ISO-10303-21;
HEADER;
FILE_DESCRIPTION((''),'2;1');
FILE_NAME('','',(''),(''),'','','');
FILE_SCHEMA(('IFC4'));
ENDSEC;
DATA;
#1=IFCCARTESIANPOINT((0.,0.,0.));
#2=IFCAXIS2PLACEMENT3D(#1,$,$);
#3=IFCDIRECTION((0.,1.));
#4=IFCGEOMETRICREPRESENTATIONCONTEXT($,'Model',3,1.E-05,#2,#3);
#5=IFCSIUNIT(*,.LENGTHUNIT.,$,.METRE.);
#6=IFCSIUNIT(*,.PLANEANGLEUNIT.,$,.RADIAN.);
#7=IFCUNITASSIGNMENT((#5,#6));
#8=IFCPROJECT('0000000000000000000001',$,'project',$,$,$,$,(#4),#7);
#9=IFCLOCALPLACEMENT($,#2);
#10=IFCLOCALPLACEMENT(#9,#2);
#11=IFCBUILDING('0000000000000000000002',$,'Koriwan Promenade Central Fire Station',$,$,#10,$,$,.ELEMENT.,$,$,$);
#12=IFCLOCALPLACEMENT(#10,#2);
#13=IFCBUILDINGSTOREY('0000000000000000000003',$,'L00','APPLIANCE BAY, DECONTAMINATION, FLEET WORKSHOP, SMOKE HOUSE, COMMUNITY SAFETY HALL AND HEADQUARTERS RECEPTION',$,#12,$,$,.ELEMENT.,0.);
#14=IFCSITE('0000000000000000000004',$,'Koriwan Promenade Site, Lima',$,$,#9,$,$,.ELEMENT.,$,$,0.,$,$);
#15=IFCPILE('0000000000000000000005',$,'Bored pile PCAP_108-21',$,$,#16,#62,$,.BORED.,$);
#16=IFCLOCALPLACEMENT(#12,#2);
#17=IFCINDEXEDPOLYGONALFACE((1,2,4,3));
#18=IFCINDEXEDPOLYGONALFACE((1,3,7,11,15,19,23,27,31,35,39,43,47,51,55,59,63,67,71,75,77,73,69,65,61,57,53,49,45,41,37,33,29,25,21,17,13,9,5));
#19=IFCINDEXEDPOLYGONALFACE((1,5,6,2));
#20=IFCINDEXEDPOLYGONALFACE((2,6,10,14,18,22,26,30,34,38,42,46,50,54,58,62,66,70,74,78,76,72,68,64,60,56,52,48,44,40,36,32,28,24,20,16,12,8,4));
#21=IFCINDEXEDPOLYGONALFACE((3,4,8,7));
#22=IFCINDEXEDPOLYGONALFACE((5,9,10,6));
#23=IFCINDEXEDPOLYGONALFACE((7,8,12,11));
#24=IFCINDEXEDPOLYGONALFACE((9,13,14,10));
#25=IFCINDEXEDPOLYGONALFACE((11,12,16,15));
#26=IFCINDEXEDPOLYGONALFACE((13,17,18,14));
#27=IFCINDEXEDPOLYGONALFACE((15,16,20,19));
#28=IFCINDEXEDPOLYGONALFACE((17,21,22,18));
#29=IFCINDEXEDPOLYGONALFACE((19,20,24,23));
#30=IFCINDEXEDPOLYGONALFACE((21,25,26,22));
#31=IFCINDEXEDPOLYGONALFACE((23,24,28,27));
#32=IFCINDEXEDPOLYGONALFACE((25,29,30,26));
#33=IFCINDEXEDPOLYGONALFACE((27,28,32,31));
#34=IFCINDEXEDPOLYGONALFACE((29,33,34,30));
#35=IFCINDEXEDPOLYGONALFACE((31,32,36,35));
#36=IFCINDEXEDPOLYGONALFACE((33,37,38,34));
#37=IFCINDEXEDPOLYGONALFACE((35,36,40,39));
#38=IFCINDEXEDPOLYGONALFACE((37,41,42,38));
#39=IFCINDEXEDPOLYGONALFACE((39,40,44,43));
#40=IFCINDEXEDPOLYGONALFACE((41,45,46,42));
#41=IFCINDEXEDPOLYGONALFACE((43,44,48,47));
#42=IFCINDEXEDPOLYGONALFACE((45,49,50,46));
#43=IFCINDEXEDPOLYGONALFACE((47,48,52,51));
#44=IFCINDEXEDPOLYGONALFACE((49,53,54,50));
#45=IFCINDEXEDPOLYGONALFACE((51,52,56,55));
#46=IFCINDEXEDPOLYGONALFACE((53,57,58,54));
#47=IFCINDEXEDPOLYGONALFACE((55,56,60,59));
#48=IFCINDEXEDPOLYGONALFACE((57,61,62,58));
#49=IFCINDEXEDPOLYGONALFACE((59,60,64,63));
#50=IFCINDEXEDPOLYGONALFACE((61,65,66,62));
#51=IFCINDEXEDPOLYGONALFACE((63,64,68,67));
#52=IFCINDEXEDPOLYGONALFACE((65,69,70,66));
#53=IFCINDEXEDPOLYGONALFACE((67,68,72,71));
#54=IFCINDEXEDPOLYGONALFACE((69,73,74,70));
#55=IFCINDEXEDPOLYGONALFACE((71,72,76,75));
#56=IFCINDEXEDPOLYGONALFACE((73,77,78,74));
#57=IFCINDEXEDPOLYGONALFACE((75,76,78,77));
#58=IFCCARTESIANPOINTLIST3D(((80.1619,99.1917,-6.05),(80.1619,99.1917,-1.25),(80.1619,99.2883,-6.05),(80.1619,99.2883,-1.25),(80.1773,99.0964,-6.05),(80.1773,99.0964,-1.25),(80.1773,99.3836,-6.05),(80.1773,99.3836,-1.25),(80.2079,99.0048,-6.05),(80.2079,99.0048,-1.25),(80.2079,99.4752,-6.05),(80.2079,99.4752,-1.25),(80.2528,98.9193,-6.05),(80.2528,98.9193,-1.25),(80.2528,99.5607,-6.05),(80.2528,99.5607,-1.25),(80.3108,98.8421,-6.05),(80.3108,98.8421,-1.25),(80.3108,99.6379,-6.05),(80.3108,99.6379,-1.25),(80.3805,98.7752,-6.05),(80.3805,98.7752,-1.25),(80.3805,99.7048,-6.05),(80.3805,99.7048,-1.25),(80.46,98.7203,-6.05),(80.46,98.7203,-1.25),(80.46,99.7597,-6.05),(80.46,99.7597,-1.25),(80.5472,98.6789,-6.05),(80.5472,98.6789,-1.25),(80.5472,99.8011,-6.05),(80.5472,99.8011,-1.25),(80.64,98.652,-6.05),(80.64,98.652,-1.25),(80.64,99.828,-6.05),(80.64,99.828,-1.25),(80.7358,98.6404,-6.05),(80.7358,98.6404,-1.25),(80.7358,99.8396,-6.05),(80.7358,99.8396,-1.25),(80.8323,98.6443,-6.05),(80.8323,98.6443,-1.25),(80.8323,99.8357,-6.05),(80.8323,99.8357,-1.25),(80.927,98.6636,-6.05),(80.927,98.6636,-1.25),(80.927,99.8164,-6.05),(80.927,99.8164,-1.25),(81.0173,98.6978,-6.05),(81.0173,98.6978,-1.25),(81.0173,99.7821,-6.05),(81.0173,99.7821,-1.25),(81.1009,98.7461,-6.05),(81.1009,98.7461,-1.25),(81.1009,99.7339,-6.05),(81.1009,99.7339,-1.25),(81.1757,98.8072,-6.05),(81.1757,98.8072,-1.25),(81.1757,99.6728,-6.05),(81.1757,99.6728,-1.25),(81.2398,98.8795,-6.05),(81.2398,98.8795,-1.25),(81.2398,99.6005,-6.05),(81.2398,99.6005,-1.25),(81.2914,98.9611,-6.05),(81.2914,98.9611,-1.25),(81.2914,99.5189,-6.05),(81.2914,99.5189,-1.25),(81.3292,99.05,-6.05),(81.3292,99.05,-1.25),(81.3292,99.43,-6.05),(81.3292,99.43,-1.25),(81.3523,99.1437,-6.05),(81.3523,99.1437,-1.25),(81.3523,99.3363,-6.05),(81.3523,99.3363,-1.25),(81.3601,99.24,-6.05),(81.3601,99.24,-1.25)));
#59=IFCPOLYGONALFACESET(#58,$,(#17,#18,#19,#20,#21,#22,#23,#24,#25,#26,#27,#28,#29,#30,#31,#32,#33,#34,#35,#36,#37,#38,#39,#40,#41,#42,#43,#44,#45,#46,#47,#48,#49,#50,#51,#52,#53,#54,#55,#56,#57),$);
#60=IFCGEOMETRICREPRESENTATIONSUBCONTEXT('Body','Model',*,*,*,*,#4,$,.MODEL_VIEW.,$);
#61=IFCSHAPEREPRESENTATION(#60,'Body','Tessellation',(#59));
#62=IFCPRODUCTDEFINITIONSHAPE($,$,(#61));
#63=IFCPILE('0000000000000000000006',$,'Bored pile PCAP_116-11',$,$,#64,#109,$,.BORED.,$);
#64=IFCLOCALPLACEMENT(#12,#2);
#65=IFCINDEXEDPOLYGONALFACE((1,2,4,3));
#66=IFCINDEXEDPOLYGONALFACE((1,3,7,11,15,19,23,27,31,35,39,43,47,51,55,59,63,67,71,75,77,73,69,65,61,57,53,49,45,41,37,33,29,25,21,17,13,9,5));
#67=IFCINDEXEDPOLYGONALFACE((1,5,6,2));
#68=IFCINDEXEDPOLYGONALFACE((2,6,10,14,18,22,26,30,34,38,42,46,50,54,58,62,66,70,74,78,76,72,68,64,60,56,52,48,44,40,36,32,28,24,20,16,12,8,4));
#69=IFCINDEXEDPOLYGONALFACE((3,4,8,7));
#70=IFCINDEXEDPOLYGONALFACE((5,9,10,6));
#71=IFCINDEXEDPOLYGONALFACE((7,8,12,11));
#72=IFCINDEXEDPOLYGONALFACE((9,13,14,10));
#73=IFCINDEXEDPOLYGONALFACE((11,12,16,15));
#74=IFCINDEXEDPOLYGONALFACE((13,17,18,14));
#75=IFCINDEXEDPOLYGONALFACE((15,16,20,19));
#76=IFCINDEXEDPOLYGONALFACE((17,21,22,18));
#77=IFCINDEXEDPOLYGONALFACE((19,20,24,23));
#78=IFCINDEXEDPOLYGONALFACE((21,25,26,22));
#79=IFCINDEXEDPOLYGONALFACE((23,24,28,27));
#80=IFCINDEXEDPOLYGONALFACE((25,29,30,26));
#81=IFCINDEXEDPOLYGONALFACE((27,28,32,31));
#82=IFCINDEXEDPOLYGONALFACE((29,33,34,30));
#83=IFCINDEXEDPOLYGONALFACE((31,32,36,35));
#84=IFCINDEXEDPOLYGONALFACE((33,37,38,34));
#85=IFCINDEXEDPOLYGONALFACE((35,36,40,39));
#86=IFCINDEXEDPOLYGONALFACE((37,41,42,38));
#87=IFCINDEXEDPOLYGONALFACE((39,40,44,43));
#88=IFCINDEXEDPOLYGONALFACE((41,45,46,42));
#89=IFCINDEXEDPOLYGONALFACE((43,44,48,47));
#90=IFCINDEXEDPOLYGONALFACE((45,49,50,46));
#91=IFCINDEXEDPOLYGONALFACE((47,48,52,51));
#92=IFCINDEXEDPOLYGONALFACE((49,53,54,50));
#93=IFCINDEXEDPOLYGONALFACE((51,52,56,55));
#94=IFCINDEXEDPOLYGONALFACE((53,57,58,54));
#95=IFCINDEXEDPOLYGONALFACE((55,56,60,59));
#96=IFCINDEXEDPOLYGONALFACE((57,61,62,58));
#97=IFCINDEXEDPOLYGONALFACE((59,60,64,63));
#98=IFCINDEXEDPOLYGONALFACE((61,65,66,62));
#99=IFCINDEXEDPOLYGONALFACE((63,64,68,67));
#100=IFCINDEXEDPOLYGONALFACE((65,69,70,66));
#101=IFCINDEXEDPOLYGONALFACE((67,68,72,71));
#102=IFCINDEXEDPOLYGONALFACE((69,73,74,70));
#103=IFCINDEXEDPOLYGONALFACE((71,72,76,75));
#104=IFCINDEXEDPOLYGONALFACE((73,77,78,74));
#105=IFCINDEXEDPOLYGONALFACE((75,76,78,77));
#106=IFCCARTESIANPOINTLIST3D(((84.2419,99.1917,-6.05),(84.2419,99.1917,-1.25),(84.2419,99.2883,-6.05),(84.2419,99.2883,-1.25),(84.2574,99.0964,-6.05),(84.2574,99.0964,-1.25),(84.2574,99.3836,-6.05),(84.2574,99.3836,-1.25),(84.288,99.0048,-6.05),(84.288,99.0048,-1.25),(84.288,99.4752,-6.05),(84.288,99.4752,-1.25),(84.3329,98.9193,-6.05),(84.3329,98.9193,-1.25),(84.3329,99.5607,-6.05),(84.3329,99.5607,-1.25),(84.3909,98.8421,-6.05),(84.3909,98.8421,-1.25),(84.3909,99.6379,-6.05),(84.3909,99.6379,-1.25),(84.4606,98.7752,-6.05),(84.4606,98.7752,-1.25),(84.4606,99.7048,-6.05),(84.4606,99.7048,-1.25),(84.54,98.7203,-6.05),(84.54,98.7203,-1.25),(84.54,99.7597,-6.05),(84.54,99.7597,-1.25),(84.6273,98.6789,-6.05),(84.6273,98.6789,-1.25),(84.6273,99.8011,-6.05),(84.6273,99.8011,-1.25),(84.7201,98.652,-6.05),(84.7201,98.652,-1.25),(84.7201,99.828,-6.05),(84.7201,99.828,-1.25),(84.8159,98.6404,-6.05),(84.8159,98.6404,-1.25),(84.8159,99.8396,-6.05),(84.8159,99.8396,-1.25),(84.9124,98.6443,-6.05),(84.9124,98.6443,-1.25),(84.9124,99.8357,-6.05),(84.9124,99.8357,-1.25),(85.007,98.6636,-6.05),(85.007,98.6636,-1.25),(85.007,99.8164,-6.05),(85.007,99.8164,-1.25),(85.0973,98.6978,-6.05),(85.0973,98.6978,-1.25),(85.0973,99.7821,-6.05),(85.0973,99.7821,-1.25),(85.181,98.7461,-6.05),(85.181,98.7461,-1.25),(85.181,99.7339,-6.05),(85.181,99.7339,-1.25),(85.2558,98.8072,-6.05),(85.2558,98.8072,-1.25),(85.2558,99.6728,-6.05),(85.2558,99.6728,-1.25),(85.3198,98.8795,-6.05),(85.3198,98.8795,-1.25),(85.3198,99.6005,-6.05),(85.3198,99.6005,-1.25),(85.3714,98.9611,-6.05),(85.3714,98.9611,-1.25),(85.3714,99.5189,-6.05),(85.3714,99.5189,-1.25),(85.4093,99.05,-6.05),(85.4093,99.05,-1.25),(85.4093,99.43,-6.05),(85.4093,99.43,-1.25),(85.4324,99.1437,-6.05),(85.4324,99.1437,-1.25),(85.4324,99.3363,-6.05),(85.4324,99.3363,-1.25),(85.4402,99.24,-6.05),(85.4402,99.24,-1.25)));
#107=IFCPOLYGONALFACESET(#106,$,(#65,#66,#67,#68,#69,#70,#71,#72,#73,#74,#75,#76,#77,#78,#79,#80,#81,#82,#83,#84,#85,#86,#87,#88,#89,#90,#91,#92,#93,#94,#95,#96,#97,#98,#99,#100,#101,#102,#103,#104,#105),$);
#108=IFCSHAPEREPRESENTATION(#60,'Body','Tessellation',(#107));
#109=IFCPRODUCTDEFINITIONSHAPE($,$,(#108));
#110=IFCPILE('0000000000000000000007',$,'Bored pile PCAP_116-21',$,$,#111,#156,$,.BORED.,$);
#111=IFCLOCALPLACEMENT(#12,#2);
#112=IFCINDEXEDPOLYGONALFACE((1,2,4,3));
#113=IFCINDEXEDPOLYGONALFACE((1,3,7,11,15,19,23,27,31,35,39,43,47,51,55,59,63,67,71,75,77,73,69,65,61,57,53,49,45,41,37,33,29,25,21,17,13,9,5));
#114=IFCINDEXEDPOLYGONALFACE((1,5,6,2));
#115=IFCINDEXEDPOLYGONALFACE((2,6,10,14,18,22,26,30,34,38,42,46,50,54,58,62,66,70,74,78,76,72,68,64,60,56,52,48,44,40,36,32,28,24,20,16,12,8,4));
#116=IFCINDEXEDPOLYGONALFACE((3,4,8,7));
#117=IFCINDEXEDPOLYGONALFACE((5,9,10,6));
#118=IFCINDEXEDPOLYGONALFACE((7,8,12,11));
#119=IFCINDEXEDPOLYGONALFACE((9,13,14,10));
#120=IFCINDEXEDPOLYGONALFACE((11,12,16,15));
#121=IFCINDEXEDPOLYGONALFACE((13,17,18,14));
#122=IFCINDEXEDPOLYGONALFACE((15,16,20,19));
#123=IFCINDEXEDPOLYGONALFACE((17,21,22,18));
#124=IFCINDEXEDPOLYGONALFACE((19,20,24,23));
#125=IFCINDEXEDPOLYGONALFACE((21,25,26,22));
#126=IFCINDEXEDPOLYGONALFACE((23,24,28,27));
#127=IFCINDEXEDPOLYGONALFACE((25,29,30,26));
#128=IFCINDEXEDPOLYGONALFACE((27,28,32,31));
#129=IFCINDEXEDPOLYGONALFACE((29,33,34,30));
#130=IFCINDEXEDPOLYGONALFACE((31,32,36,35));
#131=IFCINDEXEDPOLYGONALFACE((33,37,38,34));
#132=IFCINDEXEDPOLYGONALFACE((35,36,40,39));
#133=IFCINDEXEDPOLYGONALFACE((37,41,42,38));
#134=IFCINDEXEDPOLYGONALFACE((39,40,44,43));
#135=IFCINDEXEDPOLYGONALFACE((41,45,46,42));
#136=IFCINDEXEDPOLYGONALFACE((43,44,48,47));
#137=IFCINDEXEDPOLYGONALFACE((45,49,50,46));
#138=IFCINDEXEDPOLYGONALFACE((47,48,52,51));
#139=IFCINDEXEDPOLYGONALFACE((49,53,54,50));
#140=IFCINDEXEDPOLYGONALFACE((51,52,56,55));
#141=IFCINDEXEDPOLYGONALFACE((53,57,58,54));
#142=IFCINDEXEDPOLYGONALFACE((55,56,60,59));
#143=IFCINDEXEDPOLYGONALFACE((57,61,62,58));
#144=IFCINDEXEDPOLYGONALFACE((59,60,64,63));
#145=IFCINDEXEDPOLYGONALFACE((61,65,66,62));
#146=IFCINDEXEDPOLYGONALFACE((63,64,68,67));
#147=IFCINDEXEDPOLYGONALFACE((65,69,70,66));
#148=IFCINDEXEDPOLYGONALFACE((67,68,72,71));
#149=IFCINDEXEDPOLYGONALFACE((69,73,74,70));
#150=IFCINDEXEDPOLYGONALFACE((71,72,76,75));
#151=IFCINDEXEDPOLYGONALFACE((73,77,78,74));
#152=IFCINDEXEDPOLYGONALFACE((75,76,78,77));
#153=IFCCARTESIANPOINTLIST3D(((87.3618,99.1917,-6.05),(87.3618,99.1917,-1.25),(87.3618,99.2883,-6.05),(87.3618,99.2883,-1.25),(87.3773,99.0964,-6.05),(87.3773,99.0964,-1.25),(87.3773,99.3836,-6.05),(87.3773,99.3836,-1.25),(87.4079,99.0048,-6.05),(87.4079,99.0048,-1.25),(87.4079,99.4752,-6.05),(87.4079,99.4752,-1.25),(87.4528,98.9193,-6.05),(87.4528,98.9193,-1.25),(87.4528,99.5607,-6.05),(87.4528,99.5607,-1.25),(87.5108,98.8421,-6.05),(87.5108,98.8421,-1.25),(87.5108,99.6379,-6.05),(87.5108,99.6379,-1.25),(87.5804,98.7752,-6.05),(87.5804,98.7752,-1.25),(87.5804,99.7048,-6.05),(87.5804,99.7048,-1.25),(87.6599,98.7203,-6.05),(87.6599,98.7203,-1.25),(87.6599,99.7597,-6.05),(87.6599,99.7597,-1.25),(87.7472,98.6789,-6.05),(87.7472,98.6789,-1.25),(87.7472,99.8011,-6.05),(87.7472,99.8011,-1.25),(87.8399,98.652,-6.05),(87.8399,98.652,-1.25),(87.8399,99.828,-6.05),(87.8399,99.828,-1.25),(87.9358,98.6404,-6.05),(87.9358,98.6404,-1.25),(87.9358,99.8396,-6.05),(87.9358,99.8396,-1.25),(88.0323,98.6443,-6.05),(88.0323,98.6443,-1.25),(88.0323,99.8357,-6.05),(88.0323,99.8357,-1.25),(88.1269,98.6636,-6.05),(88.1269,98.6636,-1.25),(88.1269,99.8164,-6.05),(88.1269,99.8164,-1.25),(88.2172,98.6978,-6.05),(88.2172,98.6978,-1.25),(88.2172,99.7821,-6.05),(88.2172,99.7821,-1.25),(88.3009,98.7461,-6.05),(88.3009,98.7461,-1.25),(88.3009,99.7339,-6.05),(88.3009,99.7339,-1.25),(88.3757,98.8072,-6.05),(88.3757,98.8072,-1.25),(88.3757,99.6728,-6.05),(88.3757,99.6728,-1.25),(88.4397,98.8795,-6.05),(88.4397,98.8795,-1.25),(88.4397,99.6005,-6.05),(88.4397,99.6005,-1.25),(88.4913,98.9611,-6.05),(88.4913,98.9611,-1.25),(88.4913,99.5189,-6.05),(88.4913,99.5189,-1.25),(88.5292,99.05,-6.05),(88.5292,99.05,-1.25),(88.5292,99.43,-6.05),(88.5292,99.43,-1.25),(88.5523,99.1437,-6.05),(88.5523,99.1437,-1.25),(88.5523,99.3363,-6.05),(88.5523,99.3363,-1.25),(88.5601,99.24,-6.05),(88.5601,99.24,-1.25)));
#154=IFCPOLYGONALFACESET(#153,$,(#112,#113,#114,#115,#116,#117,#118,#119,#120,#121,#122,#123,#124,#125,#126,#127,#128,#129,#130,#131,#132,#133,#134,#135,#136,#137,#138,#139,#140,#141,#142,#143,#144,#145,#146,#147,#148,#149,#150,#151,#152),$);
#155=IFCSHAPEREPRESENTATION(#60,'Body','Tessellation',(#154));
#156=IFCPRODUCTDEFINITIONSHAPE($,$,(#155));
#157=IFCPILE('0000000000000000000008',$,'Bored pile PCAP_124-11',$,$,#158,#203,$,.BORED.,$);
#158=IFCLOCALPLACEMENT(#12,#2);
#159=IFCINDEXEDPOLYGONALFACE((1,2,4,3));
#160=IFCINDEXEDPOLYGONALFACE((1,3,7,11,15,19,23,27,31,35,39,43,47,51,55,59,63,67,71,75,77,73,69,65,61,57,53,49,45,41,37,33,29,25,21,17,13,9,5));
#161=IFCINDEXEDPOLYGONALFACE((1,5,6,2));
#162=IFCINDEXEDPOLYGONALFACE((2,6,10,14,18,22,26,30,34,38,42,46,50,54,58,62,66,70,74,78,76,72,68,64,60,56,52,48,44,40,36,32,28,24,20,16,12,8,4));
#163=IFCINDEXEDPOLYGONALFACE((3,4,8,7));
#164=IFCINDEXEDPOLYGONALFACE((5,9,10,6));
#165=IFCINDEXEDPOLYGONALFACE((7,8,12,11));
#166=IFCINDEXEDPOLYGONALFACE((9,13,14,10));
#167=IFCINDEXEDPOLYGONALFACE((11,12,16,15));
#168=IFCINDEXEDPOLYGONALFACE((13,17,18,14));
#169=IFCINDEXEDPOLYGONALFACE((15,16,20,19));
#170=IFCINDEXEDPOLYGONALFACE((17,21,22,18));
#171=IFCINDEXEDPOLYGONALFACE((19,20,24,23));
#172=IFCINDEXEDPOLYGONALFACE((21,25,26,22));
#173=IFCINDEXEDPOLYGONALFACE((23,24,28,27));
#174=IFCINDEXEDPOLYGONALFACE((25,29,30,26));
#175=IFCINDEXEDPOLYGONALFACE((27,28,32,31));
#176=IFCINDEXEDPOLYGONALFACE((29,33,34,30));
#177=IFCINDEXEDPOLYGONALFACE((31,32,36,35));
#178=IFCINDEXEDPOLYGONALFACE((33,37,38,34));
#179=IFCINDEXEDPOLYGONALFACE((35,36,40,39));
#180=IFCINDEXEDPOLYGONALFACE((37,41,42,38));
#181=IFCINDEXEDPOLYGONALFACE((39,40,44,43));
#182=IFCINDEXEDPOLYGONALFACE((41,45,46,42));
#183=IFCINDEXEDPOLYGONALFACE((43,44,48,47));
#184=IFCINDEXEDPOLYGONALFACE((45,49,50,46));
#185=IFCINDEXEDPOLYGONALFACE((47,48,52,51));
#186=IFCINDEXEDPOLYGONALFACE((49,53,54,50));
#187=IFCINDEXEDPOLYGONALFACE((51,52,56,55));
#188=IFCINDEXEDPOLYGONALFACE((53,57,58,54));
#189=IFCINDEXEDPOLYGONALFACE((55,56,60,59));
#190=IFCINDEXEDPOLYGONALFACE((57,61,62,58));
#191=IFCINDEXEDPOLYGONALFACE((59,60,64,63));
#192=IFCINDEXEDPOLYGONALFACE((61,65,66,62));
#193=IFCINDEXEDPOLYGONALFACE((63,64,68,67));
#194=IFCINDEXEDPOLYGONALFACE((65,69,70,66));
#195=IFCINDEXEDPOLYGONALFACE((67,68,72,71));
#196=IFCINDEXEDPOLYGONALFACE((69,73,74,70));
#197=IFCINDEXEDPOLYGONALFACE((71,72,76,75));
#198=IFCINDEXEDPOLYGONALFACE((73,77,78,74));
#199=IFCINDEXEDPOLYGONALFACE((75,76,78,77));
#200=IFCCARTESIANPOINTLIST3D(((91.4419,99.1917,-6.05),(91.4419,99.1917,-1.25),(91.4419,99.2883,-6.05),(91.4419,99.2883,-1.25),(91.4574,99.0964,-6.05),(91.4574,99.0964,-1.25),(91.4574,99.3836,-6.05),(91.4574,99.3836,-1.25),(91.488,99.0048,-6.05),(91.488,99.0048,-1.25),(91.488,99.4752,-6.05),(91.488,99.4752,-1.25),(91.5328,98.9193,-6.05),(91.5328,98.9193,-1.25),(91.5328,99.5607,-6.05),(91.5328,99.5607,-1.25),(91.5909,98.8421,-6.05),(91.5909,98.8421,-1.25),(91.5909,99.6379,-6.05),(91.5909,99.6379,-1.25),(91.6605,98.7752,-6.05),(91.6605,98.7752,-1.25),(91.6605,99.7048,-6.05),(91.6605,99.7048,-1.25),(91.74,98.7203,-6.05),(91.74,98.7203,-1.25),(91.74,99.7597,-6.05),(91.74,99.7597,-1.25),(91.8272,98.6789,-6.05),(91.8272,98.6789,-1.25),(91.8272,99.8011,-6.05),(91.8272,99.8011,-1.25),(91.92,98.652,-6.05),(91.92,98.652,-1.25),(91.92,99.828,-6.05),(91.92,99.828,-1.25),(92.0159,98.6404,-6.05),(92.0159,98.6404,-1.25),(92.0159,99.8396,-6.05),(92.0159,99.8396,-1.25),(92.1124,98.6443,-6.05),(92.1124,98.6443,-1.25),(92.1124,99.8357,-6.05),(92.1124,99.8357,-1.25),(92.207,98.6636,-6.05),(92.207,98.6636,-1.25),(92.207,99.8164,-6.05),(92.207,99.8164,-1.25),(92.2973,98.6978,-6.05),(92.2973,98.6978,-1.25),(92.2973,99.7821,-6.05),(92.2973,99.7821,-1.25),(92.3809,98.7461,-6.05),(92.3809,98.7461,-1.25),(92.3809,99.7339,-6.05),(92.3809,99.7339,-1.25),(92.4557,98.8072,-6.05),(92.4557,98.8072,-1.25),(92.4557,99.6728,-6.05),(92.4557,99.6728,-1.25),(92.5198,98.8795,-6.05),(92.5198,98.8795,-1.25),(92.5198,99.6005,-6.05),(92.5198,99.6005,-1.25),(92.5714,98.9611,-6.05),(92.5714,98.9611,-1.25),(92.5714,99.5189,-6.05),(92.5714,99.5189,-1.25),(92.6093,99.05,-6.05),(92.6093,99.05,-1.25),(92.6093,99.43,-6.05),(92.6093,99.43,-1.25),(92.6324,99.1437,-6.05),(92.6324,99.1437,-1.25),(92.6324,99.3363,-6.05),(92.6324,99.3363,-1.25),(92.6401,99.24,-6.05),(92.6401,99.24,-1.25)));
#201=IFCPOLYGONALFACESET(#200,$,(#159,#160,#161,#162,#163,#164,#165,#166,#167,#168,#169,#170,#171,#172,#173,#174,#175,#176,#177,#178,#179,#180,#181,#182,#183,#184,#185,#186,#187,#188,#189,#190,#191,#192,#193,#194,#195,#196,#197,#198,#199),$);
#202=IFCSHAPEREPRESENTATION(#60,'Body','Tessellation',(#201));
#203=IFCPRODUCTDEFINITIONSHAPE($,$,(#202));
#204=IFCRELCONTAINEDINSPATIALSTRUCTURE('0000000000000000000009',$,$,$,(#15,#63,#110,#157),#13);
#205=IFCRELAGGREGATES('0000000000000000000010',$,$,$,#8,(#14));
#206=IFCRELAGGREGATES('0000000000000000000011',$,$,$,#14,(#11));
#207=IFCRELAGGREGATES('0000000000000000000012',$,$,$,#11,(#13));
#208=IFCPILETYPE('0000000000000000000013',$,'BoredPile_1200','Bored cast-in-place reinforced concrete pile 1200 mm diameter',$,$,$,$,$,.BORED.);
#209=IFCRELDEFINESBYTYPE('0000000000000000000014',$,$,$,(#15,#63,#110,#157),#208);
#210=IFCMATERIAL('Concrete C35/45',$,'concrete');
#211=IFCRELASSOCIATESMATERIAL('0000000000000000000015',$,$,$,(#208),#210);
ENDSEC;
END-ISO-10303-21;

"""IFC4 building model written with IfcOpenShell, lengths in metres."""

from ifc_helpers import new_model, si_unit, direction, frame, origin, origin_2d, place, context, subcontext, project, spatial, circle, extrude, material, material_profile, profile_set, type_object, element, save


model = new_model("IFC4")

# Units and contexts
model_context = context("Model", 3, precision=1e-05, world=origin(), true_north=direction((0.0, 1.0)))
body_context = subcontext(model_context, "Body", "Model", "MODEL_VIEW")
ifc_project = project(units=[si_unit("LENGTHUNIT", "METRE"), si_unit("PLANEANGLEUNIT", "RADIAN")], contexts=[model_context])

# Site, building, storey
site_placement = place(None, origin())
site = spatial("IfcSite", under=ifc_project, at=site_placement, Name="Koriwan Promenade Site, Lima", CompositionType="ELEMENT", RefElevation=0.0)
building_placement = place(site_placement, origin())
building = spatial("IfcBuilding", under=site, at=building_placement, Name="Koriwan Promenade Central Fire Station", CompositionType="ELEMENT")
storey_placement = place(building_placement, origin())
storey = spatial("IfcBuildingStorey", under=building, at=storey_placement, Name="L00", Description="APPLIANCE BAY, DECONTAMINATION, FLEET WORKSHOP, SMOKE HOUSE, COMMUNITY SAFETY HALL AND HEADQUARTERS RECEPTION", CompositionType="ELEMENT", Elevation=0.0)

# Piles
ifc_material_1 = material(Name="Concrete C35/45", Category="concrete")
ifc_material_profile_1 = material_profile(ifc_material_1, circle(Radius=0.6001, at=origin_2d()), Name="PILE-D1200")
ifc_profile_set_1 = profile_set([ifc_material_profile_1], Name="Concrete C35/45")
pile_type_1 = type_object("IfcPileType", Name="BoredPile_1200", Description="Bored cast-in-place reinforced concrete pile 1200 mm diameter", PredefinedType="BORED", material=ifc_profile_set_1)
for number, where, z_axis, x_axis, name in (
    (1, (80.76, 99.24, -1.25), (0.0, 0.0, -1.0), (1.0, 0.0, 0.0), "Bored pile PCAP_108-21"),
    (2, (84.8401, 99.24, -1.25), (0.0, 0.0, -1.0), (1.0, 0.0, 0.0), "Bored pile PCAP_116-11"),
    (3, (87.96, 99.24, -1.25), (0.0, 0.0, -1.0), (1.0, 0.0, 0.0), "Bored pile PCAP_116-21"),
    (4, (92.04, 99.24, -1.25), (0.0, 0.0, -1.0), (1.0, 0.0, 0.0), "Bored pile PCAP_124-11"),
):
    element("IfcPile", number, at=place(storey_placement, frame(where, z_axis=z_axis, x_axis=x_axis)), inside=storey, type_object=pile_type_1, Name=name, PredefinedType="BORED", context=body_context, shape_type="SweptSolid", body=[
        extrude(circle(Radius=0.6001, at=origin_2d()), origin(), (0.0, 0.0, 1.0), 4.8),
    ])

save(model, "model.ifc")
